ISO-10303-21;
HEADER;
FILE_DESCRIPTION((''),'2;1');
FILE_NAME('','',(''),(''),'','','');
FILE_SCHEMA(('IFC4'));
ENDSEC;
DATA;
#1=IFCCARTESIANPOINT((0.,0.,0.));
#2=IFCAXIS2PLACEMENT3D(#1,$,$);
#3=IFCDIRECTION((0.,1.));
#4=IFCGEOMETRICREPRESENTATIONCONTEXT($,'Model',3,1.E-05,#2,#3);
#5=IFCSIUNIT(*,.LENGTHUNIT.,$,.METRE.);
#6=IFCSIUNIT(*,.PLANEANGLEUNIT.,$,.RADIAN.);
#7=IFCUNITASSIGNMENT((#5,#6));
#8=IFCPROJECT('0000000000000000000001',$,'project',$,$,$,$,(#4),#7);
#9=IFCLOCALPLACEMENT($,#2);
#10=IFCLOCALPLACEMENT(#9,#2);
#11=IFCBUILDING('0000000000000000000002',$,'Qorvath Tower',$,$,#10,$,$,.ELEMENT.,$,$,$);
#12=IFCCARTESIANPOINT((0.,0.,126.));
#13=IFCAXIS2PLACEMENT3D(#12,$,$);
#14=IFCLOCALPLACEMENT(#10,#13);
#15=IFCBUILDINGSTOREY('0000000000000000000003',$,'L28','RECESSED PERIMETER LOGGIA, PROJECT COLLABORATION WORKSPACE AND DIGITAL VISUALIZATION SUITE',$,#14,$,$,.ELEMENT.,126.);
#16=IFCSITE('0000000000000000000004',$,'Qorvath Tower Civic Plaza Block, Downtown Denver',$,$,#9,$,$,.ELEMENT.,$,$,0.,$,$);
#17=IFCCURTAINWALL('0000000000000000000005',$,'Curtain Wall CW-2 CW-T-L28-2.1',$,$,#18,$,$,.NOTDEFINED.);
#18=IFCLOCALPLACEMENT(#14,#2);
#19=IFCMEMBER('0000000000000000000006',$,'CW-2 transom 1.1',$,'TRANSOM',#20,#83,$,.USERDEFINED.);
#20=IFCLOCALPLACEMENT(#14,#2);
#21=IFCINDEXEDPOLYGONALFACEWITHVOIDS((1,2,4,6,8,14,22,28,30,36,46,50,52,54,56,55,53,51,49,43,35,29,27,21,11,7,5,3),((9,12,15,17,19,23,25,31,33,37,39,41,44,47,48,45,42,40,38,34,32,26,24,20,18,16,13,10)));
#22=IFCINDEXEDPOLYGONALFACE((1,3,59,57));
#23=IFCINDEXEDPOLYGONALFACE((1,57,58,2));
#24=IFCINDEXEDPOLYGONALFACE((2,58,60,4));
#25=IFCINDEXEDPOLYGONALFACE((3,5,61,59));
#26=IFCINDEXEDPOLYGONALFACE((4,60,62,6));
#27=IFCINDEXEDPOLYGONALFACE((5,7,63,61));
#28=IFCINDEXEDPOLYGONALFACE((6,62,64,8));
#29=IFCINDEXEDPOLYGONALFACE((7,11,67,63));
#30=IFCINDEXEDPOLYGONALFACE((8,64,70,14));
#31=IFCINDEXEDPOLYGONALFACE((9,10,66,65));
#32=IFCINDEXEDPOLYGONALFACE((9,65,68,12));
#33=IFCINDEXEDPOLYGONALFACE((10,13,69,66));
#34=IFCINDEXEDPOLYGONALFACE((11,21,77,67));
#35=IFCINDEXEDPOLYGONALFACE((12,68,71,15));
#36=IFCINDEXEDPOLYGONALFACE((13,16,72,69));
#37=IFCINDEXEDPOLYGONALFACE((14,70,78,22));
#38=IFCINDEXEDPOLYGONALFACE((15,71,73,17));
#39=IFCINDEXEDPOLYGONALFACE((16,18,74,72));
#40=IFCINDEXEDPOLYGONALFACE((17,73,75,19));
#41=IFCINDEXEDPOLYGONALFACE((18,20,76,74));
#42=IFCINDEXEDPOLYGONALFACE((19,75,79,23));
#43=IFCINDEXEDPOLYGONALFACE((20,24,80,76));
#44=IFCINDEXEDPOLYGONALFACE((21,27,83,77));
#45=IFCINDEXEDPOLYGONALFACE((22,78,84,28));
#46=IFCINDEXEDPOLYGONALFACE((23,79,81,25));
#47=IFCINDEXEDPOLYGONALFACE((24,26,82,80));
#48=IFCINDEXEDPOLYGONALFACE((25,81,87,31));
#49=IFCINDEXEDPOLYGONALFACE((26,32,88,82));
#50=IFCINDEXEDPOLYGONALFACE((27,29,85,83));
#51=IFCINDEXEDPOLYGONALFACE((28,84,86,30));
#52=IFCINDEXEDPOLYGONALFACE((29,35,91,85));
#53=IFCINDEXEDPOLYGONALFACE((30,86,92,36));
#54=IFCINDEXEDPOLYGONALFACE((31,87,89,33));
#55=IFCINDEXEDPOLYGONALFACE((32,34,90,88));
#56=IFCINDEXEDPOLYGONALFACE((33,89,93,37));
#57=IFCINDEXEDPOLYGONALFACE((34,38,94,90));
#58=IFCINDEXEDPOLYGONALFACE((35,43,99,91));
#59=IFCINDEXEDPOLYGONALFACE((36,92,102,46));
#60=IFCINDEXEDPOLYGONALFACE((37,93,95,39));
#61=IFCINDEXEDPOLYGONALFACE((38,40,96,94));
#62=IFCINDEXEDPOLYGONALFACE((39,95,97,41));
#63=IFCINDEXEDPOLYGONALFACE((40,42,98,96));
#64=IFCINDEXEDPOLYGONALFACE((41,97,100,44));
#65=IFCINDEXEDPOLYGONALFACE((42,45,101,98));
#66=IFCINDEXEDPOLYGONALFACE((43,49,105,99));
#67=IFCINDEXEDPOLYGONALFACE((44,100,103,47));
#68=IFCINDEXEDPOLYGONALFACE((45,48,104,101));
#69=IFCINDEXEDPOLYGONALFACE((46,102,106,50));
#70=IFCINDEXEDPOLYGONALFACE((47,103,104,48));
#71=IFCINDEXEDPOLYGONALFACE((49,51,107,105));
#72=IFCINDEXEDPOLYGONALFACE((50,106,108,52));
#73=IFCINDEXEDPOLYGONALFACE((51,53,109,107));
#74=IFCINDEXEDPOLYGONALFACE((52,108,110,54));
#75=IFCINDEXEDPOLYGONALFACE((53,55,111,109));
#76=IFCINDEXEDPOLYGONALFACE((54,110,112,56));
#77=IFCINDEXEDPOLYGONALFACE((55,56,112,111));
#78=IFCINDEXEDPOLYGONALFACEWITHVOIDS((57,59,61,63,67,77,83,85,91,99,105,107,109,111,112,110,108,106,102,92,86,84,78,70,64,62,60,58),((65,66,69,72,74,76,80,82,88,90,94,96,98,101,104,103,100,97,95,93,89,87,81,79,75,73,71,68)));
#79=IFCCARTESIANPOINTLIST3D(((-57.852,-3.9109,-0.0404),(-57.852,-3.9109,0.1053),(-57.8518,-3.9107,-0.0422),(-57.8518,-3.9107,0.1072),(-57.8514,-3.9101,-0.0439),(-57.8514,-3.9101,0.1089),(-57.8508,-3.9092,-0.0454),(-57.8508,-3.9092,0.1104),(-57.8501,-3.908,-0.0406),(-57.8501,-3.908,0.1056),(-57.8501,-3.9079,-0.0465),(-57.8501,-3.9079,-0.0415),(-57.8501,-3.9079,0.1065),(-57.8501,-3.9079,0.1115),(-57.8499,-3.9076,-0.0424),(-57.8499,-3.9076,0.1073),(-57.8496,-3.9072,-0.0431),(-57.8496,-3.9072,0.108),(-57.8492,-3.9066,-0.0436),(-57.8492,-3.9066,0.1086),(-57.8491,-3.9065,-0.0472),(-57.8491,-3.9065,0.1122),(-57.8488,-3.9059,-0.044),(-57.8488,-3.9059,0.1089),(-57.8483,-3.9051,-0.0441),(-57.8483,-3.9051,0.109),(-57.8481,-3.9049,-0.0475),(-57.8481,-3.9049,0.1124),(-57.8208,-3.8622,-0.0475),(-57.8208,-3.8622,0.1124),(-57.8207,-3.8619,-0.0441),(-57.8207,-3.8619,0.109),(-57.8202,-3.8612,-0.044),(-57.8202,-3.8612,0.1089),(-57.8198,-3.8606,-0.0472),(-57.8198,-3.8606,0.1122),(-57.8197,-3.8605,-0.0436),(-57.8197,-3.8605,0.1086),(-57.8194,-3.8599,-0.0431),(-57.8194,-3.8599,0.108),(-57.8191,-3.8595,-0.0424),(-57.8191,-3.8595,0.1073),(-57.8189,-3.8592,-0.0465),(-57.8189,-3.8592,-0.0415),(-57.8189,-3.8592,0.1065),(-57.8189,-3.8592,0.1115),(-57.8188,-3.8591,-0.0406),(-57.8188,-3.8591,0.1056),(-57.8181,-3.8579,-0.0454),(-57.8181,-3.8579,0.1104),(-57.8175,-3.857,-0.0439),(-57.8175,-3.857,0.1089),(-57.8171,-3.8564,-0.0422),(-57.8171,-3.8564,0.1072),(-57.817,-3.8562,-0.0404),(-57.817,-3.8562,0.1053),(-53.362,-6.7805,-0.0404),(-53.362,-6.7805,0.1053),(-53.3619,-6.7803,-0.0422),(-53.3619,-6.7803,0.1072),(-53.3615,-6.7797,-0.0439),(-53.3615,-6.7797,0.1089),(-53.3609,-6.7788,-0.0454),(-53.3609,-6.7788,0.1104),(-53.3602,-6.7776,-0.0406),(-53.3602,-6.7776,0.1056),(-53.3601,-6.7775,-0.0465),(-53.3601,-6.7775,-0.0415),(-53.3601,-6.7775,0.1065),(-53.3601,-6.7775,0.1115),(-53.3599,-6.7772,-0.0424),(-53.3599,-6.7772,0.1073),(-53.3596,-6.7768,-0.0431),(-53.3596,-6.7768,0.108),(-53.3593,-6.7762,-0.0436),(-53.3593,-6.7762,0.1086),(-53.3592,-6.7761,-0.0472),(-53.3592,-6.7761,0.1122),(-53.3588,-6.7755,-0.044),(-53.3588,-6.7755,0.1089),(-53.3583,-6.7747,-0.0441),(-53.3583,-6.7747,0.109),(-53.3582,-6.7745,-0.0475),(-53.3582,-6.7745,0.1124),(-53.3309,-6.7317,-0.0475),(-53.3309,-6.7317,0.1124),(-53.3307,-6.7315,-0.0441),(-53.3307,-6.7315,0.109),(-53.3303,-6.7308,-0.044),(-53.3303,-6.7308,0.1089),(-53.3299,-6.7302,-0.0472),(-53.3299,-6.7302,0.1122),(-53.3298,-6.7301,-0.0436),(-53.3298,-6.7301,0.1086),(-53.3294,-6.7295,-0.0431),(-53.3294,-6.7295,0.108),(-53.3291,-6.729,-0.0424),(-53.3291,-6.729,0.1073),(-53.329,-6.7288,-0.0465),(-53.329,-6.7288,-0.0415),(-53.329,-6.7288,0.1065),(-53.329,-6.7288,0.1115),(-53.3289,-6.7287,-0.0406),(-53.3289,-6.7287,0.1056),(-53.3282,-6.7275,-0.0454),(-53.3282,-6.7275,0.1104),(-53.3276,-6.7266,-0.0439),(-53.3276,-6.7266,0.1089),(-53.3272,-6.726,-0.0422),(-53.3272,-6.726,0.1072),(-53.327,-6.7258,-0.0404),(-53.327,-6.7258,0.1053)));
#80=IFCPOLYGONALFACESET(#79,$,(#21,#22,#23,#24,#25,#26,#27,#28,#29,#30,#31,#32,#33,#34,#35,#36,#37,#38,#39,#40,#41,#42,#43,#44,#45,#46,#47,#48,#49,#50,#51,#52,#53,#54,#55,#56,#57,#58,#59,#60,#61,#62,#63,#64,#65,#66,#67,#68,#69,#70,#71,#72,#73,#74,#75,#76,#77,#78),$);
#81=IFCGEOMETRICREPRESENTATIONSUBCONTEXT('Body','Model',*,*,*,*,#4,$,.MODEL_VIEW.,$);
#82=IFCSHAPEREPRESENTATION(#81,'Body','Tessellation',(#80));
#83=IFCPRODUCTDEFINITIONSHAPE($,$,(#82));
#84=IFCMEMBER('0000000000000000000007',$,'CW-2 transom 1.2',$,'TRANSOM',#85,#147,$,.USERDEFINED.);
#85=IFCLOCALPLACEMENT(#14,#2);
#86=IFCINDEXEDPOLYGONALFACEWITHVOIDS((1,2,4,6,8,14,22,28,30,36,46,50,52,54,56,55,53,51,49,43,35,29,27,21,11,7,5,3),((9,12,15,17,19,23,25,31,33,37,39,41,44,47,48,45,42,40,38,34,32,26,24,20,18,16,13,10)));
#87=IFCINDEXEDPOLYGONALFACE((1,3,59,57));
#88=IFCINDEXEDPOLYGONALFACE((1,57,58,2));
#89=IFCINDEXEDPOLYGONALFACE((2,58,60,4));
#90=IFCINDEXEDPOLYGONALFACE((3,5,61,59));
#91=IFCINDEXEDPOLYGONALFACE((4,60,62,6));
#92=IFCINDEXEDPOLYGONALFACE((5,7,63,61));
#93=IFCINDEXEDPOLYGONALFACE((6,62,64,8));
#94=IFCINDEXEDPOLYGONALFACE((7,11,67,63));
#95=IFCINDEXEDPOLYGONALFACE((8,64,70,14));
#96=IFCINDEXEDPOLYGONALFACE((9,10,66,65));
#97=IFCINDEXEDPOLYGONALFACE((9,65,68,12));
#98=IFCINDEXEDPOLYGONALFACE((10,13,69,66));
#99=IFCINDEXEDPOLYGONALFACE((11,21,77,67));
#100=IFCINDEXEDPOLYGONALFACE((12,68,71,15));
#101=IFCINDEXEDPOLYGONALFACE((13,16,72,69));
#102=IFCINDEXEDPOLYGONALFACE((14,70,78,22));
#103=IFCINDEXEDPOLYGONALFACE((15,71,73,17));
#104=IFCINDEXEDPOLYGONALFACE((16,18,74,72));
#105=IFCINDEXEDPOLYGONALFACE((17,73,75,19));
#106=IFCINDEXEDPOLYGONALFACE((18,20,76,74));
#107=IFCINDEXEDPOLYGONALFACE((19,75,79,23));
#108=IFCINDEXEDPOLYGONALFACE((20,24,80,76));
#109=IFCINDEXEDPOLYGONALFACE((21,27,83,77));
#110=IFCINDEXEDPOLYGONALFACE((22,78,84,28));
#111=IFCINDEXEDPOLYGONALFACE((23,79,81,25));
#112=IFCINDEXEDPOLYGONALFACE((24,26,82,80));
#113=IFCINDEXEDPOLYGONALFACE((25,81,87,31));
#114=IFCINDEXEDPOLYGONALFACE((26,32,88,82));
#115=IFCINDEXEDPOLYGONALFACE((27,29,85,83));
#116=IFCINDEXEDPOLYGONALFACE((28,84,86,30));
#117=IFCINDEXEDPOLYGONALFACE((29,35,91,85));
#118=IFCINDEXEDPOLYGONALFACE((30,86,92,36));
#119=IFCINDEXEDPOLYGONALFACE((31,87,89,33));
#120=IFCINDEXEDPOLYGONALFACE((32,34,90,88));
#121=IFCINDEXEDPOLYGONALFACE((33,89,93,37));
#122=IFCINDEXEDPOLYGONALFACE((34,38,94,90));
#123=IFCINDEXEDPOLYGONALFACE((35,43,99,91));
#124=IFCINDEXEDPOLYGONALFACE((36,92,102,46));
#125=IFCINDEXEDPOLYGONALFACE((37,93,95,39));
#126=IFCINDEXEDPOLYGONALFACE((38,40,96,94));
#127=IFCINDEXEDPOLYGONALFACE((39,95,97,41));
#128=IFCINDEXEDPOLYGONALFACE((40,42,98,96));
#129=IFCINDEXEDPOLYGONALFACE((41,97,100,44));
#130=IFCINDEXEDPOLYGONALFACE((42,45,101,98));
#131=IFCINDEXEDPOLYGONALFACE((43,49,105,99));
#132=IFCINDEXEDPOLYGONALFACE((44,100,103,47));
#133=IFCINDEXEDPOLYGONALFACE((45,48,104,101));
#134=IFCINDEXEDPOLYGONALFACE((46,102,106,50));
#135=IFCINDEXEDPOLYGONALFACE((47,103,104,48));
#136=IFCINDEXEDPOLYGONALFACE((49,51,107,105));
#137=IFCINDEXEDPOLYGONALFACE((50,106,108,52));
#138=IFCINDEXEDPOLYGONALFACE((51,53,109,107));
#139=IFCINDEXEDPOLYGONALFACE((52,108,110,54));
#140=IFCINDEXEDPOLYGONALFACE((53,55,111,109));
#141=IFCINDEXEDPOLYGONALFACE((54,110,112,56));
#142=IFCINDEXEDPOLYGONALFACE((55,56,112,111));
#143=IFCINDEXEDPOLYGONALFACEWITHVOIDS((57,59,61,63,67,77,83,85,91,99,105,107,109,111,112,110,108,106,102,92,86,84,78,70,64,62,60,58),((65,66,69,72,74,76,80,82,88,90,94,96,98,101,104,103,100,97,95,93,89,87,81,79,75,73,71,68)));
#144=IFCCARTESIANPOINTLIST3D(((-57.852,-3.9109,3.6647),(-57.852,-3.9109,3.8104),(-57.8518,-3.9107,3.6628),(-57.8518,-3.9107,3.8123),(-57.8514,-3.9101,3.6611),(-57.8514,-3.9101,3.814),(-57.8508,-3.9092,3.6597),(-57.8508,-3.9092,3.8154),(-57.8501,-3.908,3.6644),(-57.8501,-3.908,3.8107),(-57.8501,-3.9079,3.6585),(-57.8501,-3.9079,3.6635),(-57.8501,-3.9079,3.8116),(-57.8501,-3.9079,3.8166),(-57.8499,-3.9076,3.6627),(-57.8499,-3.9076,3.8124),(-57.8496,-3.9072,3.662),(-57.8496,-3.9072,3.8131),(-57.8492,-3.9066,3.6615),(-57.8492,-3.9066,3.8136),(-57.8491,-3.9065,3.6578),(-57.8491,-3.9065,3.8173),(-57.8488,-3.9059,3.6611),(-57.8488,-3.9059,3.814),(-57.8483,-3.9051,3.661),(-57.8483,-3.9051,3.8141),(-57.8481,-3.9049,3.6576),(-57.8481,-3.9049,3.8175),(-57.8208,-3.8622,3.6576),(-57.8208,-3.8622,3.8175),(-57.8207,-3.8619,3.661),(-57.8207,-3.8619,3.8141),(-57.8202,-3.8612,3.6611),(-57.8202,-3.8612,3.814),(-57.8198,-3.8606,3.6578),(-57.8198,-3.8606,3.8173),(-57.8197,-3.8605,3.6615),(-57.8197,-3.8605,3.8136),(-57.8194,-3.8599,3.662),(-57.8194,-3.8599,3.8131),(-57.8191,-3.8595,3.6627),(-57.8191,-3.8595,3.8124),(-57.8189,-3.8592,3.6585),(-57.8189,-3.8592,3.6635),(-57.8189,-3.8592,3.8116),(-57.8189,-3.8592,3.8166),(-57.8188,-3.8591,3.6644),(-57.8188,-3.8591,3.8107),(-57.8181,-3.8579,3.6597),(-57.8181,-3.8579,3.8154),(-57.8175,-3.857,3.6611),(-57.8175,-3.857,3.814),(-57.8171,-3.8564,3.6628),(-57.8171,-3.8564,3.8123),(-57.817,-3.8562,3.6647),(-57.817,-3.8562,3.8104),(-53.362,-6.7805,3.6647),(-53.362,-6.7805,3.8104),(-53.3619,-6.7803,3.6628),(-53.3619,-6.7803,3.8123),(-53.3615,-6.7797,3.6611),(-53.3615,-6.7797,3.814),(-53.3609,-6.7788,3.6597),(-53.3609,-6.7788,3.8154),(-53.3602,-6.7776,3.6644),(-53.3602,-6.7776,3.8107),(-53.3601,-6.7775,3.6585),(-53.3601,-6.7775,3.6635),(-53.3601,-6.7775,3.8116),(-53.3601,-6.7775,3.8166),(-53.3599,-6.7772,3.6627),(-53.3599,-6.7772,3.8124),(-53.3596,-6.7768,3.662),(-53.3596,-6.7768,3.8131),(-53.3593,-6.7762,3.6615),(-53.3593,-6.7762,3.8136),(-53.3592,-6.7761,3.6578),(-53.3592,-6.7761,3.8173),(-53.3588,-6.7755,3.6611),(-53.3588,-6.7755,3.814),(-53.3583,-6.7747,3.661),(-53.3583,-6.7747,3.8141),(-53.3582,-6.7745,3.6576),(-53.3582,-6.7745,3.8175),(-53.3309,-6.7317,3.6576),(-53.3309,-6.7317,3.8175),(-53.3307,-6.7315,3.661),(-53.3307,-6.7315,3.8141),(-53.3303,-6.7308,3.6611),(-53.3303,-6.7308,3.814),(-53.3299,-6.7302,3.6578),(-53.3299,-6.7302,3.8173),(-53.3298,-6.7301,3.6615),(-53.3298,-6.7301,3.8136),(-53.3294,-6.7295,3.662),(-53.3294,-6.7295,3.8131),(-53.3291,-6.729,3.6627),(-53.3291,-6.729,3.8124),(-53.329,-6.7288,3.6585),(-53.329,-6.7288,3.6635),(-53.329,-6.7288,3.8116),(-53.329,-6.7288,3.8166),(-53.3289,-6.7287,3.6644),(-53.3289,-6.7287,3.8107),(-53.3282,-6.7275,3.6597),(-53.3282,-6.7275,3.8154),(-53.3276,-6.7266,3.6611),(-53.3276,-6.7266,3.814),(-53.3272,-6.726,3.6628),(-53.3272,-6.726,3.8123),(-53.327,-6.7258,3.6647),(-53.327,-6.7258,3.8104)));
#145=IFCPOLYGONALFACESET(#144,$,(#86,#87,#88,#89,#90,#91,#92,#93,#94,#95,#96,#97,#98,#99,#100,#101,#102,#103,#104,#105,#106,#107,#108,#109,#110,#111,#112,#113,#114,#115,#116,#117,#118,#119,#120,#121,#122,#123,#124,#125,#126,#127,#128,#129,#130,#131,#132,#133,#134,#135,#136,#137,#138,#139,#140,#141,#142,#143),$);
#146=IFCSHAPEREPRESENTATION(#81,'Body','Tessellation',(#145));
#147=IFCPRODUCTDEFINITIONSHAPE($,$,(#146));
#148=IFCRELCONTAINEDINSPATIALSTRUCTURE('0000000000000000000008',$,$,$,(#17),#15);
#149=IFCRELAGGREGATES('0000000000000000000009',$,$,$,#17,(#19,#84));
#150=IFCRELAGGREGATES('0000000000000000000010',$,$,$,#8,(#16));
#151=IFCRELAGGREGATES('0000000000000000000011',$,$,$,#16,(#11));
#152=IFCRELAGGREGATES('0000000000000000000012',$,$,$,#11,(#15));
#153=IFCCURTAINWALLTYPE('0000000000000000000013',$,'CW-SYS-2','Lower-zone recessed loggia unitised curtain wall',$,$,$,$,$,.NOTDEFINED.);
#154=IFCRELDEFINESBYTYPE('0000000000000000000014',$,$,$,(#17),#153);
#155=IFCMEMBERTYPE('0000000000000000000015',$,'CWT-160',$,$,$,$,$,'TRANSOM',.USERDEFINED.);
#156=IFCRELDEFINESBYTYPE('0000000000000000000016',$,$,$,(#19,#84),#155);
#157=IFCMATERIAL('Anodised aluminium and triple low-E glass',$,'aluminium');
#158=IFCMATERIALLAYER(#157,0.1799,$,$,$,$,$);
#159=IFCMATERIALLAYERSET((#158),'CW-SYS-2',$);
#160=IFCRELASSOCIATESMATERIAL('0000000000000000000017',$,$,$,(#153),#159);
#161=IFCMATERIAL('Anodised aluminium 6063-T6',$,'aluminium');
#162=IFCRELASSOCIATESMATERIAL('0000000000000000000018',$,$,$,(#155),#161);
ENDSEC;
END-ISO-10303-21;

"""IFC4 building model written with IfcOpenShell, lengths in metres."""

from ifc_helpers import new_model, si_unit, direction, frame, origin, origin_2d, place, context, subcontext, project, spatial, hollow_rectangle, extrude, material, layer, layer_set, material_profile, profile_set, type_object, element, aggregate, save


model = new_model("IFC4")

# Units and contexts
model_context = context("Model", 3, precision=1e-05, world=origin(), true_north=direction((0.0, 1.0)))
body_context = subcontext(model_context, "Body", "Model", "MODEL_VIEW")
ifc_project = project(units=[si_unit("LENGTHUNIT", "METRE"), si_unit("PLANEANGLEUNIT", "RADIAN")], contexts=[model_context])

# Site, building, storey
site_placement = place(None, origin())
site = spatial("IfcSite", under=ifc_project, at=site_placement, Name="Qorvath Tower Civic Plaza Block, Downtown Denver", CompositionType="ELEMENT", RefElevation=0.0)
building_placement = place(site_placement, origin())
building = spatial("IfcBuilding", under=site, at=building_placement, Name="Qorvath Tower", CompositionType="ELEMENT")
storey_placement = place(building_placement, frame((0.0, 0.0, 126.0)))
storey = spatial("IfcBuildingStorey", under=building, at=storey_placement, Name="L28", Description="RECESSED PERIMETER LOGGIA, PROJECT COLLABORATION WORKSPACE AND DIGITAL VISUALIZATION SUITE", CompositionType="ELEMENT", Elevation=126.0)

# Curtain wall, members
ifc_material_1 = material(Name="Anodised aluminium and triple low-E glass", Category="aluminium")
ifc_layer_1 = layer(ifc_material_1, 0.1799)
ifc_layer_set_1 = layer_set([ifc_layer_1], Name="CW-SYS-2")
curtain_wall_type = type_object("IfcCurtainWallType", Name="CW-SYS-2", Description="Lower-zone recessed loggia unitised curtain wall", PredefinedType="NOTDEFINED", material=ifc_layer_set_1)
curtain_wall_placement = place(storey_placement, origin())
curtain_wall = element("IfcCurtainWall", 1, at=curtain_wall_placement, inside=storey, type_object=curtain_wall_type, Name="Curtain Wall CW-2 CW-T-L28-2.1", PredefinedType="NOTDEFINED")
ifc_material_2 = material(Name="Anodised aluminium 6063-T6", Category="aluminium")
ifc_material_profile_1 = material_profile(ifc_material_2, hollow_rectangle(XDim=0.0649, YDim=0.1599, WallThickness=0.0034, InnerFilletRadius=0.0034, OuterFilletRadius=0.0071, at=origin_2d()), Name="CWT 160x65")
ifc_profile_set_1 = profile_set([ifc_material_profile_1], Name="Anodised aluminium 6063-T6")
member_type_1 = type_object("IfcMemberType", Name="CWT-160", ElementType="TRANSOM", PredefinedType="USERDEFINED", material=ifc_profile_set_1)
member_1_placement = place(storey_placement, frame((-57.8345, -3.8835, 0.0325), z_axis=(0.842609, -0.538526, 0.0), x_axis=(0.538526, 0.842609, 0.0)))
member_1 = element("IfcMember", 2, at=member_1_placement, type_object=member_type_1, Name="CW-2 transom 1.1", ObjectType="TRANSOM", PredefinedType="USERDEFINED", context=body_context, shape_type="SweptSolid", body=[
    extrude(hollow_rectangle(XDim=0.0649, YDim=0.1599, WallThickness=0.0034, InnerFilletRadius=0.0034, OuterFilletRadius=0.0071, at=origin_2d()), origin(), (0.0, 0.0, 1.0), 5.3286),
])
member_2_placement = place(storey_placement, frame((-57.8345, -3.8835, 3.7375), z_axis=(0.842609, -0.538526, 0.0), x_axis=(0.538526, 0.842609, 0.0)))
member_2 = element("IfcMember", 3, at=member_2_placement, type_object=member_type_1, Name="CW-2 transom 1.2", ObjectType="TRANSOM", PredefinedType="USERDEFINED", context=body_context, shape_type="SweptSolid", body=[
    extrude(hollow_rectangle(XDim=0.0649, YDim=0.1599, WallThickness=0.0034, InnerFilletRadius=0.0034, OuterFilletRadius=0.0071, at=origin_2d()), origin(), (0.0, 0.0, 1.0), 5.3286),
])

aggregate(curtain_wall, [member_1, member_2])

save(model, "model.ifc")
